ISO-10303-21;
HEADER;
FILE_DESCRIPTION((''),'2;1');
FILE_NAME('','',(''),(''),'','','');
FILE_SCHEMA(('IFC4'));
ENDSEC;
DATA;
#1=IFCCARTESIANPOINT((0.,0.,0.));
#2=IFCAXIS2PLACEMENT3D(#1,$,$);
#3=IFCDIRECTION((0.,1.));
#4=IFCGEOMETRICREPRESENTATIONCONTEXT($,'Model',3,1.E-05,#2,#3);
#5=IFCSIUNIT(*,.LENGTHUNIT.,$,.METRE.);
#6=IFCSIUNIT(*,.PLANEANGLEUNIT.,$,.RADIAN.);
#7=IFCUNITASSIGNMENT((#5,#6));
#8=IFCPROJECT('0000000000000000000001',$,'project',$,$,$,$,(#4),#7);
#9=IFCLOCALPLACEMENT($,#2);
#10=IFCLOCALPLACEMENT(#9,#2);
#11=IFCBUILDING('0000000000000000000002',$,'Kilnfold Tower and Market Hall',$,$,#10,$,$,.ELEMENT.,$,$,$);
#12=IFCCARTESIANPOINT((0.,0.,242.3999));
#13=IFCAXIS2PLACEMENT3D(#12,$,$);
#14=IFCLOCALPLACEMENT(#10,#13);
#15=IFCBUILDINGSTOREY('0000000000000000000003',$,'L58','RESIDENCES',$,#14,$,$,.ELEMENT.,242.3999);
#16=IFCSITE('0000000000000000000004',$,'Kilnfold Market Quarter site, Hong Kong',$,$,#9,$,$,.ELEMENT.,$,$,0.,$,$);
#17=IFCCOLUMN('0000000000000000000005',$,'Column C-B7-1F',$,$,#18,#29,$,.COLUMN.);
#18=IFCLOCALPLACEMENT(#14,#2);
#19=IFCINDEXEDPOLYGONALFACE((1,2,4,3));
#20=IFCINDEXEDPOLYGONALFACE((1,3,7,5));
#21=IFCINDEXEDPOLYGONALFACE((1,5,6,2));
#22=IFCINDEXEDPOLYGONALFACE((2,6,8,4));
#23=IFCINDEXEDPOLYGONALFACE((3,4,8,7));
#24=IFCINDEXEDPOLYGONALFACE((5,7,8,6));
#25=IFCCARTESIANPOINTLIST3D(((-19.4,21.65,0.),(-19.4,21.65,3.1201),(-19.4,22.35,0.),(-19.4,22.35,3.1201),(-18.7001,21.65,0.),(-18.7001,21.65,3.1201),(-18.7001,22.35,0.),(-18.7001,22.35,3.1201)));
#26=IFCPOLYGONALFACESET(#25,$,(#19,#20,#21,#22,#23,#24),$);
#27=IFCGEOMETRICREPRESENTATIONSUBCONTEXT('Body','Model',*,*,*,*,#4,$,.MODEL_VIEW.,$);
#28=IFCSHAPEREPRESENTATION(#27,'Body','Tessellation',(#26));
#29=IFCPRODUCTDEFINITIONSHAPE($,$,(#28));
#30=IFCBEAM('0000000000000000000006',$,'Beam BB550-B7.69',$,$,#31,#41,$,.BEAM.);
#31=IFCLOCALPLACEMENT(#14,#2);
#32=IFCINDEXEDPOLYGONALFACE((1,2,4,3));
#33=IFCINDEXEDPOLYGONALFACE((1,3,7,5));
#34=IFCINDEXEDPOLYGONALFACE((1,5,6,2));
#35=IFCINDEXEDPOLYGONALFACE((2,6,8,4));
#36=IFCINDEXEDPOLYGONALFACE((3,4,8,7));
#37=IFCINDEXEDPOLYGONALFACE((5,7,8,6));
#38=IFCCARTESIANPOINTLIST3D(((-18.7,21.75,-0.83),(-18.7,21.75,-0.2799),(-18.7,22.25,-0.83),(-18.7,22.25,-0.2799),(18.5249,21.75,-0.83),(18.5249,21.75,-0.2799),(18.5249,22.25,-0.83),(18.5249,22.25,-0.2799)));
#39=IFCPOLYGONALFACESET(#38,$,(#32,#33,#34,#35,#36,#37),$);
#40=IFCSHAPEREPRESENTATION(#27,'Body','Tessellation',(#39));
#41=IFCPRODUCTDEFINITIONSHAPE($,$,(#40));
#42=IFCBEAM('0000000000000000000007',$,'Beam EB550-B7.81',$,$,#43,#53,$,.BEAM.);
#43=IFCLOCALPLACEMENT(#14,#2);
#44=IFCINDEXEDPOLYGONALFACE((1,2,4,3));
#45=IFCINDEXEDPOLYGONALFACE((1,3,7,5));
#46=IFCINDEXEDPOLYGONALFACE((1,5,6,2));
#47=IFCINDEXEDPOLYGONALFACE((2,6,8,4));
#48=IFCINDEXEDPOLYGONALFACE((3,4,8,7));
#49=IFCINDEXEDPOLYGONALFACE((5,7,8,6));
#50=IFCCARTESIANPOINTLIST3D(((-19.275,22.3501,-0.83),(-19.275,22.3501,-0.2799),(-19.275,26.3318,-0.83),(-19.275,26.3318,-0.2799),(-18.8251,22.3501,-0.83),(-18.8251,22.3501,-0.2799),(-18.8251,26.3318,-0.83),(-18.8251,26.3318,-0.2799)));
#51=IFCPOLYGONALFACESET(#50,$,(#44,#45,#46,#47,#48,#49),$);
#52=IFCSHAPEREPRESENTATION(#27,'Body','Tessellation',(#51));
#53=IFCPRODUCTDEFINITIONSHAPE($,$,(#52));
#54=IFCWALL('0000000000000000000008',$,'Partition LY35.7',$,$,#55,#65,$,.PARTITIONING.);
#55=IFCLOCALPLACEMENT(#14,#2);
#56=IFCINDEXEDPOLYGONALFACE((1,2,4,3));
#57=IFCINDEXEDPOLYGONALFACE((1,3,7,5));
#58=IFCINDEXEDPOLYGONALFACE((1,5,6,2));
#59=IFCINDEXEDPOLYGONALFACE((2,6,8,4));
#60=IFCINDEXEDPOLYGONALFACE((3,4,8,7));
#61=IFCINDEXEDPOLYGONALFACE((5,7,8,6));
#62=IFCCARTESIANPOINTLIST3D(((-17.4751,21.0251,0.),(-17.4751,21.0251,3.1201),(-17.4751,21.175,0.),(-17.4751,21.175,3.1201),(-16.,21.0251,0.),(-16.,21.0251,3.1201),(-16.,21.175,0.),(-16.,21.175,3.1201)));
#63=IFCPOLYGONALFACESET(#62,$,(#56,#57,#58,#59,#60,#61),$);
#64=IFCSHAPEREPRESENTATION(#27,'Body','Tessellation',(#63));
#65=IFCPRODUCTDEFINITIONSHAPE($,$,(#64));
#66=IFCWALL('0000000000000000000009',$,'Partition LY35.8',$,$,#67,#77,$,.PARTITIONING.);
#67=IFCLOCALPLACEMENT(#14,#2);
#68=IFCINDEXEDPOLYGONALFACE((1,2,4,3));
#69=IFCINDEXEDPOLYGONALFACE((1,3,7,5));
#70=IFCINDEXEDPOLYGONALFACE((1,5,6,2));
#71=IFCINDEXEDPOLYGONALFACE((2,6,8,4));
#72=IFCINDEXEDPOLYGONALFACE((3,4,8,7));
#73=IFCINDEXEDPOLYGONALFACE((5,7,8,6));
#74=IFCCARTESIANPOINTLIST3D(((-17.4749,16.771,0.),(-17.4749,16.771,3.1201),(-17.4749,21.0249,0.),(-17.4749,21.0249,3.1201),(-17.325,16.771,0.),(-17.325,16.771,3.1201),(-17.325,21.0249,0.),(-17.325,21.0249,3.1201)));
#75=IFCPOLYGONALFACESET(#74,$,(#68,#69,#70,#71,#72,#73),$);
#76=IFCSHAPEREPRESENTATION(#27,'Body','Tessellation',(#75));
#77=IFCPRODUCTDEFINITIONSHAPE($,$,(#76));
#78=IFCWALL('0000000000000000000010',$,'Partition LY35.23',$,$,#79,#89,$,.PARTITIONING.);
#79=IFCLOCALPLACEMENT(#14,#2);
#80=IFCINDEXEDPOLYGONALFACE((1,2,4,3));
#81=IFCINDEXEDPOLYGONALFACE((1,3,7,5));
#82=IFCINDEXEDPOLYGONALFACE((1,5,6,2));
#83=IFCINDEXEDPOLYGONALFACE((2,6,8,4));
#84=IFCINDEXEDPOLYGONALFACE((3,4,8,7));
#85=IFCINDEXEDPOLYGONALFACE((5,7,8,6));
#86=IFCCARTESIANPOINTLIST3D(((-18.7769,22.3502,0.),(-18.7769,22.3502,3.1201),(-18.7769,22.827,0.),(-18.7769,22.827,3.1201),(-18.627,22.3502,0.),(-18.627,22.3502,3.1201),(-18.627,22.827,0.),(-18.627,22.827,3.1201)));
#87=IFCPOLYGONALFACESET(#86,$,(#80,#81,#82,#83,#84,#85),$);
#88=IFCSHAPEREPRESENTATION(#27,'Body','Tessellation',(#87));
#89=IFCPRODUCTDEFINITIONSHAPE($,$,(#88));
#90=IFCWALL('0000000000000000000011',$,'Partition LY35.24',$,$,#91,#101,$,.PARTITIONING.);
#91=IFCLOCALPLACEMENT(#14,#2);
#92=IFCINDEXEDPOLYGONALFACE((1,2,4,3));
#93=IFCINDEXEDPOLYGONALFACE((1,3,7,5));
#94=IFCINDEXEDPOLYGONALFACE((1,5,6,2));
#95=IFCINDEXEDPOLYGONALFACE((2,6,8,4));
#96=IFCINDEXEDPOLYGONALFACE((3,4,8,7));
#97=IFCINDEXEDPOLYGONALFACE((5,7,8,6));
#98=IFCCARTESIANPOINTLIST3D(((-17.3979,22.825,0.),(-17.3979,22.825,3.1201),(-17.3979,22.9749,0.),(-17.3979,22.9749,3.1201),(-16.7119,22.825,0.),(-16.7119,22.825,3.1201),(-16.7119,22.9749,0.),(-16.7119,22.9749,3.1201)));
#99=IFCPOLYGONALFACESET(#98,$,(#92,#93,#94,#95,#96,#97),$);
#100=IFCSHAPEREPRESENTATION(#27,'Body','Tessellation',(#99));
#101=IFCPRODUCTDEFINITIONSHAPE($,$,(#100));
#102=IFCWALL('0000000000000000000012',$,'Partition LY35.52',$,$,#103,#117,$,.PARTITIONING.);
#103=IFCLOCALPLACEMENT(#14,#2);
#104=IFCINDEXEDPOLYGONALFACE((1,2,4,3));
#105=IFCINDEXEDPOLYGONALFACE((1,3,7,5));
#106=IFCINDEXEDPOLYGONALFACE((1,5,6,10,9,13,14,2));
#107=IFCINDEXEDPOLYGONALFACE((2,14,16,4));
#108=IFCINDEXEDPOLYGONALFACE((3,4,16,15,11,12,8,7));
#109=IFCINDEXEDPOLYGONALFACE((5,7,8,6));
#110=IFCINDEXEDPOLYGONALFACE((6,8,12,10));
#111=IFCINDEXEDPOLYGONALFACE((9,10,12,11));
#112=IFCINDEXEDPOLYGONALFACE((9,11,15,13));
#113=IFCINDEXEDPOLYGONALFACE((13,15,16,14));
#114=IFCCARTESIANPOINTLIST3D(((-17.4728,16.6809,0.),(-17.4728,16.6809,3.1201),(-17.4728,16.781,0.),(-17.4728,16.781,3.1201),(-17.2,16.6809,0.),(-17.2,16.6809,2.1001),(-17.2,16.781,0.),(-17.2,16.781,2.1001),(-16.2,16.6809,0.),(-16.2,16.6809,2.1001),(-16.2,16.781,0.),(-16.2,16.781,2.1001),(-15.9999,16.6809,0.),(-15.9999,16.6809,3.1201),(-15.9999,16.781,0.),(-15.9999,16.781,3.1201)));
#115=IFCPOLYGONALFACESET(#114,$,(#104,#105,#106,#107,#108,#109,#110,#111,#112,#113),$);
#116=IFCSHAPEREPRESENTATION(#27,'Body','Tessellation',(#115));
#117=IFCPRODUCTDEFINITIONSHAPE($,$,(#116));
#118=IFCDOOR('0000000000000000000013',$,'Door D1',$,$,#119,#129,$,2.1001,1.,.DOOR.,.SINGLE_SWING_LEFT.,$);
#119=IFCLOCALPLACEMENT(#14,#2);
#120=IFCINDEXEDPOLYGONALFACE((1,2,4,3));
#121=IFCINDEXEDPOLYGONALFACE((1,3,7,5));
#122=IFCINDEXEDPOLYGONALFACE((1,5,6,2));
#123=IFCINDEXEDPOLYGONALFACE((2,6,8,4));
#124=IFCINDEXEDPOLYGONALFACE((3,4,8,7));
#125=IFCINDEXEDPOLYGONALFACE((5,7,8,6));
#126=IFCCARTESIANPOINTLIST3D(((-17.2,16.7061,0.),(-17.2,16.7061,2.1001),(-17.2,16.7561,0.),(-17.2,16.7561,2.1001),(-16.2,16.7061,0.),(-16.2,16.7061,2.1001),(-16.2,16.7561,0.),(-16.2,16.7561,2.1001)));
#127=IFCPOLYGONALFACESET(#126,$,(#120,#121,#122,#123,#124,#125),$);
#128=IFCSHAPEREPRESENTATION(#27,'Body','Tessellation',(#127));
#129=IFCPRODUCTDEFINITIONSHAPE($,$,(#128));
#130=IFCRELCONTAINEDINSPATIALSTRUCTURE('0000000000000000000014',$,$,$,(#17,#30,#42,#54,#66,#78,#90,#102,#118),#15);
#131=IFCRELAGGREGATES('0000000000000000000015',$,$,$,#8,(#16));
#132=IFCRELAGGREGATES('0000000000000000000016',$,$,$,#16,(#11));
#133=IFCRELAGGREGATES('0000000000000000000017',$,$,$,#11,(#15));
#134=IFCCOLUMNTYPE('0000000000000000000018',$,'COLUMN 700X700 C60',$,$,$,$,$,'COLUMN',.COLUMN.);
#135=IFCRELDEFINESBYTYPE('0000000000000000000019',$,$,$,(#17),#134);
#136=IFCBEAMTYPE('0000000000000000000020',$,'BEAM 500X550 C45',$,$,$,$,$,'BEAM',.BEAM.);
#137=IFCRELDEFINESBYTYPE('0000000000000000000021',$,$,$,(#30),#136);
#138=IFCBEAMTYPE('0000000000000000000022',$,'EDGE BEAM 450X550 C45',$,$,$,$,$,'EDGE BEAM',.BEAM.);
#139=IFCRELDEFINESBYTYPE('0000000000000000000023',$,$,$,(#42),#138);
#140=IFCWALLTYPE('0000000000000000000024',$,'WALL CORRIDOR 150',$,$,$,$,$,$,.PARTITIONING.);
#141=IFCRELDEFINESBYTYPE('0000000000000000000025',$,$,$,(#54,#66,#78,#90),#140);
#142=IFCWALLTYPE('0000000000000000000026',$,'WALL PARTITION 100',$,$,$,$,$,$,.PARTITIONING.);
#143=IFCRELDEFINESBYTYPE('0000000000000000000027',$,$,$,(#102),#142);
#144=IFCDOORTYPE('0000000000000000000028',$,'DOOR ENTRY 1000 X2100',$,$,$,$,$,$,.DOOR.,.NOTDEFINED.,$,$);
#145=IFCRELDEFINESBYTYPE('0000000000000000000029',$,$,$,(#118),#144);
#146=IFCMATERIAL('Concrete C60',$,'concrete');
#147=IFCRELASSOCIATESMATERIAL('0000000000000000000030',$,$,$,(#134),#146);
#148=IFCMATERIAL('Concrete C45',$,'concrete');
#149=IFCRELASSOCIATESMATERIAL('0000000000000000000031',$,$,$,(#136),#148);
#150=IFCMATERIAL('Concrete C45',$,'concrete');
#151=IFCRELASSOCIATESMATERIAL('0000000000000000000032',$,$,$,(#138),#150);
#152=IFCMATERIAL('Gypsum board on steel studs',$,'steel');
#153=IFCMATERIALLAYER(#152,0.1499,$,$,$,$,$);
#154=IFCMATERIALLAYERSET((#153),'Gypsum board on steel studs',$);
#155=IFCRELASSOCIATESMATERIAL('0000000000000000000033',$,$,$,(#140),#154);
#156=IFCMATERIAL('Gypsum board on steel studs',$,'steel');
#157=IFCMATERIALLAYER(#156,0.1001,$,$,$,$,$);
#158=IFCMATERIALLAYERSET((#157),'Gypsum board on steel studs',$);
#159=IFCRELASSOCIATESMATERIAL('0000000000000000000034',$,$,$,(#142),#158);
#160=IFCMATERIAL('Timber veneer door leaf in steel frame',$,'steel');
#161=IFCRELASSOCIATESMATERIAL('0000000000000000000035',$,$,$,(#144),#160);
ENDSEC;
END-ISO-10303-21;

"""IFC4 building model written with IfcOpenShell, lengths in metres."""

from ifc_helpers import new_model, si_unit, direction, frame, frame_2d, origin, origin_2d, place, context, subcontext, project, spatial, rectangle, extrude, source, transform, mapped, material, layer, layer_set, material_profile, profile_set, type_object, element, fill, save


model = new_model("IFC4")

# Units and contexts
model_context = context("Model", 3, precision=1e-05, world=origin(), true_north=direction((0.0, 1.0)))
body_context = subcontext(model_context, "Body", "Model", "MODEL_VIEW")
ifc_project = project(units=[si_unit("LENGTHUNIT", "METRE"), si_unit("PLANEANGLEUNIT", "RADIAN")], contexts=[model_context])

# Site, building, storey
site_placement = place(None, origin())
site = spatial("IfcSite", under=ifc_project, at=site_placement, Name="Kilnfold Market Quarter site, Hong Kong", CompositionType="ELEMENT", RefElevation=0.0)
building_placement = place(site_placement, origin())
building = spatial("IfcBuilding", under=site, at=building_placement, Name="Kilnfold Tower and Market Hall", CompositionType="ELEMENT")
storey_placement = place(building_placement, frame((0.0, 0.0, 242.3999)))
storey = spatial("IfcBuildingStorey", under=building, at=storey_placement, Name="L58", Description="RESIDENCES", CompositionType="ELEMENT", Elevation=242.3999)

# Column
ifc_material_1 = material(Name="Concrete C60", Category="concrete")
ifc_material_profile_1 = material_profile(ifc_material_1, rectangle(XDim=0.7, YDim=0.7, at=origin_2d()), Name="RC 700x700")
ifc_profile_set_1 = profile_set([ifc_material_profile_1], Name="Concrete C60")
column_type = type_object("IfcColumnType", Name="COLUMN 700X700 C60", ElementType="COLUMN", PredefinedType="COLUMN", material=ifc_profile_set_1)
shared_shape_1 = source(origin(), body_context, "Body", "SweptSolid", [
    extrude(rectangle(XDim=0.7, YDim=0.7, at=origin_2d()), origin(), (0.0, 0.0, 1.0), 3.1201),
])
column_placement = place(storey_placement, frame((-19.05, 22.0, 0.0), z_axis=(0.0, 0.0, 1.0), x_axis=(1.0, 0.0, 0.0)))
element("IfcColumn", 1, at=column_placement, inside=storey, type_object=column_type, Name="Column C-B7-1F", PredefinedType="COLUMN", context=body_context, shape_type="MappedRepresentation", body=[
    mapped(shared_shape_1, transform((0.0, 0.0, 0.0))),
])

# Beams
ifc_material_2 = material(Name="Concrete C45", Category="concrete")
ifc_material_profile_2 = material_profile(ifc_material_2, rectangle(XDim=0.5, YDim=0.55, at=origin_2d()), Name="RC 500x550")
ifc_profile_set_2 = profile_set([ifc_material_profile_2], Name="Concrete C45")
beam_type_1 = type_object("IfcBeamType", Name="BEAM 500X550 C45", ElementType="BEAM", PredefinedType="BEAM", material=ifc_profile_set_2)
shared_shape_2 = source(origin(), body_context, "Body", "SweptSolid", [
    extrude(rectangle(XDim=0.5, YDim=0.55, at=origin_2d()), origin(), (0.0, 0.0, 1.0), 37.2249),
])
beam_1_placement = place(storey_placement, frame((-18.7, 22.0, -0.5549), z_axis=(1.0, 0.0, 0.0), x_axis=(0.0, 1.0, 0.0)))
element("IfcBeam", 2, at=beam_1_placement, inside=storey, type_object=beam_type_1, Name="Beam BB550-B7.69", PredefinedType="BEAM", context=body_context, shape_type="MappedRepresentation", body=[
    mapped(shared_shape_2, transform((0.0, 0.0, 0.0))),
])
ifc_material_3 = material(Name="Concrete C45", Category="concrete")
ifc_material_profile_3 = material_profile(ifc_material_3, rectangle(XDim=0.45, YDim=0.55, at=origin_2d()), Name="RC 450x550")
ifc_profile_set_3 = profile_set([ifc_material_profile_3], Name="Concrete C45")
beam_type_2 = type_object("IfcBeamType", Name="EDGE BEAM 450X550 C45", ElementType="EDGE BEAM", PredefinedType="BEAM", material=ifc_profile_set_3)
shared_shape_3 = source(origin(), body_context, "Body", "SweptSolid", [
    extrude(rectangle(XDim=0.45, YDim=0.55, at=origin_2d()), origin(), (0.0, 0.0, 1.0), 3.9817),
])
beam_2_placement = place(storey_placement, frame((-19.05, 22.3501, -0.5549), z_axis=(0.0, 1.0, 0.0), x_axis=(-1.0, 0.0, 0.0)))
element("IfcBeam", 3, at=beam_2_placement, inside=storey, type_object=beam_type_2, Name="Beam EB550-B7.81", PredefinedType="BEAM", context=body_context, shape_type="MappedRepresentation", body=[
    mapped(shared_shape_3, transform((0.0, 0.0, 0.0))),
])

# Walls
ifc_material_4 = material(Name="Gypsum board on steel studs", Category="steel")
ifc_layer_1 = layer(ifc_material_4, 0.1499)
ifc_layer_set_1 = layer_set([ifc_layer_1], Name="Gypsum board on steel studs")
wall_type_1 = type_object("IfcWallType", Name="WALL CORRIDOR 150", PredefinedType="PARTITIONING", material=ifc_layer_set_1)
wall_1_placement = place(storey_placement, frame((-17.4751, 21.1001, 0.0), z_axis=(0.0, 0.0, 1.0), x_axis=(1.0, 0.0, 0.0)))
element("IfcWall", 4, at=wall_1_placement, inside=storey, type_object=wall_type_1, Name="Partition LY35.7", PredefinedType="PARTITIONING", context=body_context, shape_type="SweptSolid", body=[
    extrude(rectangle(XDim=1.4751, YDim=0.1499, at=frame_2d((0.7375, 0.0))), origin(), (0.0, 0.0, 1.0), 3.1201),
])
wall_2_placement = place(storey_placement, frame((-17.3999, 16.771, 0.0), z_axis=(0.0, 0.0, 1.0), x_axis=(0.0, 1.0, 0.0)))
element("IfcWall", 5, at=wall_2_placement, inside=storey, type_object=wall_type_1, Name="Partition LY35.8", PredefinedType="PARTITIONING", context=body_context, shape_type="SweptSolid", body=[
    extrude(rectangle(XDim=4.2539, YDim=0.1499, at=frame_2d((2.127, 0.0))), origin(), (0.0, 0.0, 1.0), 3.1201),
])
wall_3_placement = place(storey_placement, frame((-18.7019, 22.8269, 0.0), z_axis=(0.0, 0.0, 1.0), x_axis=(0.0, -1.0, 0.0)))
element("IfcWall", 6, at=wall_3_placement, inside=storey, type_object=wall_type_1, Name="Partition LY35.23", PredefinedType="PARTITIONING", context=body_context, shape_type="SweptSolid", body=[
    extrude(rectangle(XDim=0.4768, YDim=0.1499, at=frame_2d((0.2383, 0.0))), origin(), (0.0, 0.0, 1.0), 3.1201),
])
wall_4_placement = place(storey_placement, frame((-16.7119, 22.8999, 0.0), z_axis=(0.0, 0.0, 1.0), x_axis=(-1.0, 0.0, 0.0)))
element("IfcWall", 7, at=wall_4_placement, inside=storey, type_object=wall_type_1, Name="Partition LY35.24", PredefinedType="PARTITIONING", context=body_context, shape_type="SweptSolid", body=[
    extrude(rectangle(XDim=0.686, YDim=0.1499, at=frame_2d((0.343, 0.0))), origin(), (0.0, 0.0, 1.0), 3.1201),
])

# Wall, opening, door
ifc_material_5 = material(Name="Gypsum board on steel studs", Category="steel")
ifc_layer_2 = layer(ifc_material_5, 0.1001)
ifc_layer_set_2 = layer_set([ifc_layer_2], Name="Gypsum board on steel studs")
wall_type_2 = type_object("IfcWallType", Name="WALL PARTITION 100", PredefinedType="PARTITIONING", material=ifc_layer_set_2)
wall_5_placement = place(storey_placement, frame((-16.0, 16.731, 0.0), z_axis=(0.0, 0.0, 1.0), x_axis=(-1.0, 0.0, 0.0)))
wall_5 = element("IfcWall", 8, at=wall_5_placement, inside=storey, type_object=wall_type_2, Name="Partition LY35.52", PredefinedType="PARTITIONING", context=body_context, shape_type="SweptSolid", body=[
    extrude(rectangle(XDim=1.4729, YDim=0.1001, at=frame_2d((0.7363, 0.0))), origin(), (0.0, 0.0, 1.0), 3.1201),
])
opening_1_placement = place(wall_5_placement, frame((0.2, 0.0, 0.0)))
opening_1 = element("IfcOpeningElement", 9, at=opening_1_placement, cuts=wall_5, PredefinedType="OPENING", context=body_context, shape_type="SweptSolid", body=[
    extrude(rectangle(XDim=1.0, YDim=2.1001, at=frame_2d((0.5, 1.05))), frame((0.0, 0.0601, 0.0), z_axis=(0.0, -1.0, 0.0), x_axis=(1.0, 0.0, 0.0)), (0.0, 0.0, 1.0), 0.1201),
])
ifc_material_6 = material(Name="Timber veneer door leaf in steel frame", Category="steel")
door_type_1 = type_object("IfcDoorType", Name="DOOR ENTRY 1000 X2100", OperationType="NOTDEFINED", PredefinedType="DOOR", material=ifc_material_6)
door_1_placement = place(opening_1_placement, origin())
door_1 = element("IfcDoor", 10, at=door_1_placement, inside=storey, type_object=door_type_1, Name="Door D1", OperationType="SINGLE_SWING_LEFT", OverallHeight=2.1001, OverallWidth=1.0, PredefinedType="DOOR", context=body_context, shape_type="SweptSolid", body=[
    extrude(rectangle(XDim=1.0, YDim=2.1001, at=frame_2d((0.5, 1.05))), frame((0.0, 0.0249, 0.0), z_axis=(0.0, -1.0, 0.0), x_axis=(1.0, 0.0, 0.0)), (0.0, 0.0, 1.0), 0.05),
])
fill(opening_1, door_1)

save(model, "model.ifc")
